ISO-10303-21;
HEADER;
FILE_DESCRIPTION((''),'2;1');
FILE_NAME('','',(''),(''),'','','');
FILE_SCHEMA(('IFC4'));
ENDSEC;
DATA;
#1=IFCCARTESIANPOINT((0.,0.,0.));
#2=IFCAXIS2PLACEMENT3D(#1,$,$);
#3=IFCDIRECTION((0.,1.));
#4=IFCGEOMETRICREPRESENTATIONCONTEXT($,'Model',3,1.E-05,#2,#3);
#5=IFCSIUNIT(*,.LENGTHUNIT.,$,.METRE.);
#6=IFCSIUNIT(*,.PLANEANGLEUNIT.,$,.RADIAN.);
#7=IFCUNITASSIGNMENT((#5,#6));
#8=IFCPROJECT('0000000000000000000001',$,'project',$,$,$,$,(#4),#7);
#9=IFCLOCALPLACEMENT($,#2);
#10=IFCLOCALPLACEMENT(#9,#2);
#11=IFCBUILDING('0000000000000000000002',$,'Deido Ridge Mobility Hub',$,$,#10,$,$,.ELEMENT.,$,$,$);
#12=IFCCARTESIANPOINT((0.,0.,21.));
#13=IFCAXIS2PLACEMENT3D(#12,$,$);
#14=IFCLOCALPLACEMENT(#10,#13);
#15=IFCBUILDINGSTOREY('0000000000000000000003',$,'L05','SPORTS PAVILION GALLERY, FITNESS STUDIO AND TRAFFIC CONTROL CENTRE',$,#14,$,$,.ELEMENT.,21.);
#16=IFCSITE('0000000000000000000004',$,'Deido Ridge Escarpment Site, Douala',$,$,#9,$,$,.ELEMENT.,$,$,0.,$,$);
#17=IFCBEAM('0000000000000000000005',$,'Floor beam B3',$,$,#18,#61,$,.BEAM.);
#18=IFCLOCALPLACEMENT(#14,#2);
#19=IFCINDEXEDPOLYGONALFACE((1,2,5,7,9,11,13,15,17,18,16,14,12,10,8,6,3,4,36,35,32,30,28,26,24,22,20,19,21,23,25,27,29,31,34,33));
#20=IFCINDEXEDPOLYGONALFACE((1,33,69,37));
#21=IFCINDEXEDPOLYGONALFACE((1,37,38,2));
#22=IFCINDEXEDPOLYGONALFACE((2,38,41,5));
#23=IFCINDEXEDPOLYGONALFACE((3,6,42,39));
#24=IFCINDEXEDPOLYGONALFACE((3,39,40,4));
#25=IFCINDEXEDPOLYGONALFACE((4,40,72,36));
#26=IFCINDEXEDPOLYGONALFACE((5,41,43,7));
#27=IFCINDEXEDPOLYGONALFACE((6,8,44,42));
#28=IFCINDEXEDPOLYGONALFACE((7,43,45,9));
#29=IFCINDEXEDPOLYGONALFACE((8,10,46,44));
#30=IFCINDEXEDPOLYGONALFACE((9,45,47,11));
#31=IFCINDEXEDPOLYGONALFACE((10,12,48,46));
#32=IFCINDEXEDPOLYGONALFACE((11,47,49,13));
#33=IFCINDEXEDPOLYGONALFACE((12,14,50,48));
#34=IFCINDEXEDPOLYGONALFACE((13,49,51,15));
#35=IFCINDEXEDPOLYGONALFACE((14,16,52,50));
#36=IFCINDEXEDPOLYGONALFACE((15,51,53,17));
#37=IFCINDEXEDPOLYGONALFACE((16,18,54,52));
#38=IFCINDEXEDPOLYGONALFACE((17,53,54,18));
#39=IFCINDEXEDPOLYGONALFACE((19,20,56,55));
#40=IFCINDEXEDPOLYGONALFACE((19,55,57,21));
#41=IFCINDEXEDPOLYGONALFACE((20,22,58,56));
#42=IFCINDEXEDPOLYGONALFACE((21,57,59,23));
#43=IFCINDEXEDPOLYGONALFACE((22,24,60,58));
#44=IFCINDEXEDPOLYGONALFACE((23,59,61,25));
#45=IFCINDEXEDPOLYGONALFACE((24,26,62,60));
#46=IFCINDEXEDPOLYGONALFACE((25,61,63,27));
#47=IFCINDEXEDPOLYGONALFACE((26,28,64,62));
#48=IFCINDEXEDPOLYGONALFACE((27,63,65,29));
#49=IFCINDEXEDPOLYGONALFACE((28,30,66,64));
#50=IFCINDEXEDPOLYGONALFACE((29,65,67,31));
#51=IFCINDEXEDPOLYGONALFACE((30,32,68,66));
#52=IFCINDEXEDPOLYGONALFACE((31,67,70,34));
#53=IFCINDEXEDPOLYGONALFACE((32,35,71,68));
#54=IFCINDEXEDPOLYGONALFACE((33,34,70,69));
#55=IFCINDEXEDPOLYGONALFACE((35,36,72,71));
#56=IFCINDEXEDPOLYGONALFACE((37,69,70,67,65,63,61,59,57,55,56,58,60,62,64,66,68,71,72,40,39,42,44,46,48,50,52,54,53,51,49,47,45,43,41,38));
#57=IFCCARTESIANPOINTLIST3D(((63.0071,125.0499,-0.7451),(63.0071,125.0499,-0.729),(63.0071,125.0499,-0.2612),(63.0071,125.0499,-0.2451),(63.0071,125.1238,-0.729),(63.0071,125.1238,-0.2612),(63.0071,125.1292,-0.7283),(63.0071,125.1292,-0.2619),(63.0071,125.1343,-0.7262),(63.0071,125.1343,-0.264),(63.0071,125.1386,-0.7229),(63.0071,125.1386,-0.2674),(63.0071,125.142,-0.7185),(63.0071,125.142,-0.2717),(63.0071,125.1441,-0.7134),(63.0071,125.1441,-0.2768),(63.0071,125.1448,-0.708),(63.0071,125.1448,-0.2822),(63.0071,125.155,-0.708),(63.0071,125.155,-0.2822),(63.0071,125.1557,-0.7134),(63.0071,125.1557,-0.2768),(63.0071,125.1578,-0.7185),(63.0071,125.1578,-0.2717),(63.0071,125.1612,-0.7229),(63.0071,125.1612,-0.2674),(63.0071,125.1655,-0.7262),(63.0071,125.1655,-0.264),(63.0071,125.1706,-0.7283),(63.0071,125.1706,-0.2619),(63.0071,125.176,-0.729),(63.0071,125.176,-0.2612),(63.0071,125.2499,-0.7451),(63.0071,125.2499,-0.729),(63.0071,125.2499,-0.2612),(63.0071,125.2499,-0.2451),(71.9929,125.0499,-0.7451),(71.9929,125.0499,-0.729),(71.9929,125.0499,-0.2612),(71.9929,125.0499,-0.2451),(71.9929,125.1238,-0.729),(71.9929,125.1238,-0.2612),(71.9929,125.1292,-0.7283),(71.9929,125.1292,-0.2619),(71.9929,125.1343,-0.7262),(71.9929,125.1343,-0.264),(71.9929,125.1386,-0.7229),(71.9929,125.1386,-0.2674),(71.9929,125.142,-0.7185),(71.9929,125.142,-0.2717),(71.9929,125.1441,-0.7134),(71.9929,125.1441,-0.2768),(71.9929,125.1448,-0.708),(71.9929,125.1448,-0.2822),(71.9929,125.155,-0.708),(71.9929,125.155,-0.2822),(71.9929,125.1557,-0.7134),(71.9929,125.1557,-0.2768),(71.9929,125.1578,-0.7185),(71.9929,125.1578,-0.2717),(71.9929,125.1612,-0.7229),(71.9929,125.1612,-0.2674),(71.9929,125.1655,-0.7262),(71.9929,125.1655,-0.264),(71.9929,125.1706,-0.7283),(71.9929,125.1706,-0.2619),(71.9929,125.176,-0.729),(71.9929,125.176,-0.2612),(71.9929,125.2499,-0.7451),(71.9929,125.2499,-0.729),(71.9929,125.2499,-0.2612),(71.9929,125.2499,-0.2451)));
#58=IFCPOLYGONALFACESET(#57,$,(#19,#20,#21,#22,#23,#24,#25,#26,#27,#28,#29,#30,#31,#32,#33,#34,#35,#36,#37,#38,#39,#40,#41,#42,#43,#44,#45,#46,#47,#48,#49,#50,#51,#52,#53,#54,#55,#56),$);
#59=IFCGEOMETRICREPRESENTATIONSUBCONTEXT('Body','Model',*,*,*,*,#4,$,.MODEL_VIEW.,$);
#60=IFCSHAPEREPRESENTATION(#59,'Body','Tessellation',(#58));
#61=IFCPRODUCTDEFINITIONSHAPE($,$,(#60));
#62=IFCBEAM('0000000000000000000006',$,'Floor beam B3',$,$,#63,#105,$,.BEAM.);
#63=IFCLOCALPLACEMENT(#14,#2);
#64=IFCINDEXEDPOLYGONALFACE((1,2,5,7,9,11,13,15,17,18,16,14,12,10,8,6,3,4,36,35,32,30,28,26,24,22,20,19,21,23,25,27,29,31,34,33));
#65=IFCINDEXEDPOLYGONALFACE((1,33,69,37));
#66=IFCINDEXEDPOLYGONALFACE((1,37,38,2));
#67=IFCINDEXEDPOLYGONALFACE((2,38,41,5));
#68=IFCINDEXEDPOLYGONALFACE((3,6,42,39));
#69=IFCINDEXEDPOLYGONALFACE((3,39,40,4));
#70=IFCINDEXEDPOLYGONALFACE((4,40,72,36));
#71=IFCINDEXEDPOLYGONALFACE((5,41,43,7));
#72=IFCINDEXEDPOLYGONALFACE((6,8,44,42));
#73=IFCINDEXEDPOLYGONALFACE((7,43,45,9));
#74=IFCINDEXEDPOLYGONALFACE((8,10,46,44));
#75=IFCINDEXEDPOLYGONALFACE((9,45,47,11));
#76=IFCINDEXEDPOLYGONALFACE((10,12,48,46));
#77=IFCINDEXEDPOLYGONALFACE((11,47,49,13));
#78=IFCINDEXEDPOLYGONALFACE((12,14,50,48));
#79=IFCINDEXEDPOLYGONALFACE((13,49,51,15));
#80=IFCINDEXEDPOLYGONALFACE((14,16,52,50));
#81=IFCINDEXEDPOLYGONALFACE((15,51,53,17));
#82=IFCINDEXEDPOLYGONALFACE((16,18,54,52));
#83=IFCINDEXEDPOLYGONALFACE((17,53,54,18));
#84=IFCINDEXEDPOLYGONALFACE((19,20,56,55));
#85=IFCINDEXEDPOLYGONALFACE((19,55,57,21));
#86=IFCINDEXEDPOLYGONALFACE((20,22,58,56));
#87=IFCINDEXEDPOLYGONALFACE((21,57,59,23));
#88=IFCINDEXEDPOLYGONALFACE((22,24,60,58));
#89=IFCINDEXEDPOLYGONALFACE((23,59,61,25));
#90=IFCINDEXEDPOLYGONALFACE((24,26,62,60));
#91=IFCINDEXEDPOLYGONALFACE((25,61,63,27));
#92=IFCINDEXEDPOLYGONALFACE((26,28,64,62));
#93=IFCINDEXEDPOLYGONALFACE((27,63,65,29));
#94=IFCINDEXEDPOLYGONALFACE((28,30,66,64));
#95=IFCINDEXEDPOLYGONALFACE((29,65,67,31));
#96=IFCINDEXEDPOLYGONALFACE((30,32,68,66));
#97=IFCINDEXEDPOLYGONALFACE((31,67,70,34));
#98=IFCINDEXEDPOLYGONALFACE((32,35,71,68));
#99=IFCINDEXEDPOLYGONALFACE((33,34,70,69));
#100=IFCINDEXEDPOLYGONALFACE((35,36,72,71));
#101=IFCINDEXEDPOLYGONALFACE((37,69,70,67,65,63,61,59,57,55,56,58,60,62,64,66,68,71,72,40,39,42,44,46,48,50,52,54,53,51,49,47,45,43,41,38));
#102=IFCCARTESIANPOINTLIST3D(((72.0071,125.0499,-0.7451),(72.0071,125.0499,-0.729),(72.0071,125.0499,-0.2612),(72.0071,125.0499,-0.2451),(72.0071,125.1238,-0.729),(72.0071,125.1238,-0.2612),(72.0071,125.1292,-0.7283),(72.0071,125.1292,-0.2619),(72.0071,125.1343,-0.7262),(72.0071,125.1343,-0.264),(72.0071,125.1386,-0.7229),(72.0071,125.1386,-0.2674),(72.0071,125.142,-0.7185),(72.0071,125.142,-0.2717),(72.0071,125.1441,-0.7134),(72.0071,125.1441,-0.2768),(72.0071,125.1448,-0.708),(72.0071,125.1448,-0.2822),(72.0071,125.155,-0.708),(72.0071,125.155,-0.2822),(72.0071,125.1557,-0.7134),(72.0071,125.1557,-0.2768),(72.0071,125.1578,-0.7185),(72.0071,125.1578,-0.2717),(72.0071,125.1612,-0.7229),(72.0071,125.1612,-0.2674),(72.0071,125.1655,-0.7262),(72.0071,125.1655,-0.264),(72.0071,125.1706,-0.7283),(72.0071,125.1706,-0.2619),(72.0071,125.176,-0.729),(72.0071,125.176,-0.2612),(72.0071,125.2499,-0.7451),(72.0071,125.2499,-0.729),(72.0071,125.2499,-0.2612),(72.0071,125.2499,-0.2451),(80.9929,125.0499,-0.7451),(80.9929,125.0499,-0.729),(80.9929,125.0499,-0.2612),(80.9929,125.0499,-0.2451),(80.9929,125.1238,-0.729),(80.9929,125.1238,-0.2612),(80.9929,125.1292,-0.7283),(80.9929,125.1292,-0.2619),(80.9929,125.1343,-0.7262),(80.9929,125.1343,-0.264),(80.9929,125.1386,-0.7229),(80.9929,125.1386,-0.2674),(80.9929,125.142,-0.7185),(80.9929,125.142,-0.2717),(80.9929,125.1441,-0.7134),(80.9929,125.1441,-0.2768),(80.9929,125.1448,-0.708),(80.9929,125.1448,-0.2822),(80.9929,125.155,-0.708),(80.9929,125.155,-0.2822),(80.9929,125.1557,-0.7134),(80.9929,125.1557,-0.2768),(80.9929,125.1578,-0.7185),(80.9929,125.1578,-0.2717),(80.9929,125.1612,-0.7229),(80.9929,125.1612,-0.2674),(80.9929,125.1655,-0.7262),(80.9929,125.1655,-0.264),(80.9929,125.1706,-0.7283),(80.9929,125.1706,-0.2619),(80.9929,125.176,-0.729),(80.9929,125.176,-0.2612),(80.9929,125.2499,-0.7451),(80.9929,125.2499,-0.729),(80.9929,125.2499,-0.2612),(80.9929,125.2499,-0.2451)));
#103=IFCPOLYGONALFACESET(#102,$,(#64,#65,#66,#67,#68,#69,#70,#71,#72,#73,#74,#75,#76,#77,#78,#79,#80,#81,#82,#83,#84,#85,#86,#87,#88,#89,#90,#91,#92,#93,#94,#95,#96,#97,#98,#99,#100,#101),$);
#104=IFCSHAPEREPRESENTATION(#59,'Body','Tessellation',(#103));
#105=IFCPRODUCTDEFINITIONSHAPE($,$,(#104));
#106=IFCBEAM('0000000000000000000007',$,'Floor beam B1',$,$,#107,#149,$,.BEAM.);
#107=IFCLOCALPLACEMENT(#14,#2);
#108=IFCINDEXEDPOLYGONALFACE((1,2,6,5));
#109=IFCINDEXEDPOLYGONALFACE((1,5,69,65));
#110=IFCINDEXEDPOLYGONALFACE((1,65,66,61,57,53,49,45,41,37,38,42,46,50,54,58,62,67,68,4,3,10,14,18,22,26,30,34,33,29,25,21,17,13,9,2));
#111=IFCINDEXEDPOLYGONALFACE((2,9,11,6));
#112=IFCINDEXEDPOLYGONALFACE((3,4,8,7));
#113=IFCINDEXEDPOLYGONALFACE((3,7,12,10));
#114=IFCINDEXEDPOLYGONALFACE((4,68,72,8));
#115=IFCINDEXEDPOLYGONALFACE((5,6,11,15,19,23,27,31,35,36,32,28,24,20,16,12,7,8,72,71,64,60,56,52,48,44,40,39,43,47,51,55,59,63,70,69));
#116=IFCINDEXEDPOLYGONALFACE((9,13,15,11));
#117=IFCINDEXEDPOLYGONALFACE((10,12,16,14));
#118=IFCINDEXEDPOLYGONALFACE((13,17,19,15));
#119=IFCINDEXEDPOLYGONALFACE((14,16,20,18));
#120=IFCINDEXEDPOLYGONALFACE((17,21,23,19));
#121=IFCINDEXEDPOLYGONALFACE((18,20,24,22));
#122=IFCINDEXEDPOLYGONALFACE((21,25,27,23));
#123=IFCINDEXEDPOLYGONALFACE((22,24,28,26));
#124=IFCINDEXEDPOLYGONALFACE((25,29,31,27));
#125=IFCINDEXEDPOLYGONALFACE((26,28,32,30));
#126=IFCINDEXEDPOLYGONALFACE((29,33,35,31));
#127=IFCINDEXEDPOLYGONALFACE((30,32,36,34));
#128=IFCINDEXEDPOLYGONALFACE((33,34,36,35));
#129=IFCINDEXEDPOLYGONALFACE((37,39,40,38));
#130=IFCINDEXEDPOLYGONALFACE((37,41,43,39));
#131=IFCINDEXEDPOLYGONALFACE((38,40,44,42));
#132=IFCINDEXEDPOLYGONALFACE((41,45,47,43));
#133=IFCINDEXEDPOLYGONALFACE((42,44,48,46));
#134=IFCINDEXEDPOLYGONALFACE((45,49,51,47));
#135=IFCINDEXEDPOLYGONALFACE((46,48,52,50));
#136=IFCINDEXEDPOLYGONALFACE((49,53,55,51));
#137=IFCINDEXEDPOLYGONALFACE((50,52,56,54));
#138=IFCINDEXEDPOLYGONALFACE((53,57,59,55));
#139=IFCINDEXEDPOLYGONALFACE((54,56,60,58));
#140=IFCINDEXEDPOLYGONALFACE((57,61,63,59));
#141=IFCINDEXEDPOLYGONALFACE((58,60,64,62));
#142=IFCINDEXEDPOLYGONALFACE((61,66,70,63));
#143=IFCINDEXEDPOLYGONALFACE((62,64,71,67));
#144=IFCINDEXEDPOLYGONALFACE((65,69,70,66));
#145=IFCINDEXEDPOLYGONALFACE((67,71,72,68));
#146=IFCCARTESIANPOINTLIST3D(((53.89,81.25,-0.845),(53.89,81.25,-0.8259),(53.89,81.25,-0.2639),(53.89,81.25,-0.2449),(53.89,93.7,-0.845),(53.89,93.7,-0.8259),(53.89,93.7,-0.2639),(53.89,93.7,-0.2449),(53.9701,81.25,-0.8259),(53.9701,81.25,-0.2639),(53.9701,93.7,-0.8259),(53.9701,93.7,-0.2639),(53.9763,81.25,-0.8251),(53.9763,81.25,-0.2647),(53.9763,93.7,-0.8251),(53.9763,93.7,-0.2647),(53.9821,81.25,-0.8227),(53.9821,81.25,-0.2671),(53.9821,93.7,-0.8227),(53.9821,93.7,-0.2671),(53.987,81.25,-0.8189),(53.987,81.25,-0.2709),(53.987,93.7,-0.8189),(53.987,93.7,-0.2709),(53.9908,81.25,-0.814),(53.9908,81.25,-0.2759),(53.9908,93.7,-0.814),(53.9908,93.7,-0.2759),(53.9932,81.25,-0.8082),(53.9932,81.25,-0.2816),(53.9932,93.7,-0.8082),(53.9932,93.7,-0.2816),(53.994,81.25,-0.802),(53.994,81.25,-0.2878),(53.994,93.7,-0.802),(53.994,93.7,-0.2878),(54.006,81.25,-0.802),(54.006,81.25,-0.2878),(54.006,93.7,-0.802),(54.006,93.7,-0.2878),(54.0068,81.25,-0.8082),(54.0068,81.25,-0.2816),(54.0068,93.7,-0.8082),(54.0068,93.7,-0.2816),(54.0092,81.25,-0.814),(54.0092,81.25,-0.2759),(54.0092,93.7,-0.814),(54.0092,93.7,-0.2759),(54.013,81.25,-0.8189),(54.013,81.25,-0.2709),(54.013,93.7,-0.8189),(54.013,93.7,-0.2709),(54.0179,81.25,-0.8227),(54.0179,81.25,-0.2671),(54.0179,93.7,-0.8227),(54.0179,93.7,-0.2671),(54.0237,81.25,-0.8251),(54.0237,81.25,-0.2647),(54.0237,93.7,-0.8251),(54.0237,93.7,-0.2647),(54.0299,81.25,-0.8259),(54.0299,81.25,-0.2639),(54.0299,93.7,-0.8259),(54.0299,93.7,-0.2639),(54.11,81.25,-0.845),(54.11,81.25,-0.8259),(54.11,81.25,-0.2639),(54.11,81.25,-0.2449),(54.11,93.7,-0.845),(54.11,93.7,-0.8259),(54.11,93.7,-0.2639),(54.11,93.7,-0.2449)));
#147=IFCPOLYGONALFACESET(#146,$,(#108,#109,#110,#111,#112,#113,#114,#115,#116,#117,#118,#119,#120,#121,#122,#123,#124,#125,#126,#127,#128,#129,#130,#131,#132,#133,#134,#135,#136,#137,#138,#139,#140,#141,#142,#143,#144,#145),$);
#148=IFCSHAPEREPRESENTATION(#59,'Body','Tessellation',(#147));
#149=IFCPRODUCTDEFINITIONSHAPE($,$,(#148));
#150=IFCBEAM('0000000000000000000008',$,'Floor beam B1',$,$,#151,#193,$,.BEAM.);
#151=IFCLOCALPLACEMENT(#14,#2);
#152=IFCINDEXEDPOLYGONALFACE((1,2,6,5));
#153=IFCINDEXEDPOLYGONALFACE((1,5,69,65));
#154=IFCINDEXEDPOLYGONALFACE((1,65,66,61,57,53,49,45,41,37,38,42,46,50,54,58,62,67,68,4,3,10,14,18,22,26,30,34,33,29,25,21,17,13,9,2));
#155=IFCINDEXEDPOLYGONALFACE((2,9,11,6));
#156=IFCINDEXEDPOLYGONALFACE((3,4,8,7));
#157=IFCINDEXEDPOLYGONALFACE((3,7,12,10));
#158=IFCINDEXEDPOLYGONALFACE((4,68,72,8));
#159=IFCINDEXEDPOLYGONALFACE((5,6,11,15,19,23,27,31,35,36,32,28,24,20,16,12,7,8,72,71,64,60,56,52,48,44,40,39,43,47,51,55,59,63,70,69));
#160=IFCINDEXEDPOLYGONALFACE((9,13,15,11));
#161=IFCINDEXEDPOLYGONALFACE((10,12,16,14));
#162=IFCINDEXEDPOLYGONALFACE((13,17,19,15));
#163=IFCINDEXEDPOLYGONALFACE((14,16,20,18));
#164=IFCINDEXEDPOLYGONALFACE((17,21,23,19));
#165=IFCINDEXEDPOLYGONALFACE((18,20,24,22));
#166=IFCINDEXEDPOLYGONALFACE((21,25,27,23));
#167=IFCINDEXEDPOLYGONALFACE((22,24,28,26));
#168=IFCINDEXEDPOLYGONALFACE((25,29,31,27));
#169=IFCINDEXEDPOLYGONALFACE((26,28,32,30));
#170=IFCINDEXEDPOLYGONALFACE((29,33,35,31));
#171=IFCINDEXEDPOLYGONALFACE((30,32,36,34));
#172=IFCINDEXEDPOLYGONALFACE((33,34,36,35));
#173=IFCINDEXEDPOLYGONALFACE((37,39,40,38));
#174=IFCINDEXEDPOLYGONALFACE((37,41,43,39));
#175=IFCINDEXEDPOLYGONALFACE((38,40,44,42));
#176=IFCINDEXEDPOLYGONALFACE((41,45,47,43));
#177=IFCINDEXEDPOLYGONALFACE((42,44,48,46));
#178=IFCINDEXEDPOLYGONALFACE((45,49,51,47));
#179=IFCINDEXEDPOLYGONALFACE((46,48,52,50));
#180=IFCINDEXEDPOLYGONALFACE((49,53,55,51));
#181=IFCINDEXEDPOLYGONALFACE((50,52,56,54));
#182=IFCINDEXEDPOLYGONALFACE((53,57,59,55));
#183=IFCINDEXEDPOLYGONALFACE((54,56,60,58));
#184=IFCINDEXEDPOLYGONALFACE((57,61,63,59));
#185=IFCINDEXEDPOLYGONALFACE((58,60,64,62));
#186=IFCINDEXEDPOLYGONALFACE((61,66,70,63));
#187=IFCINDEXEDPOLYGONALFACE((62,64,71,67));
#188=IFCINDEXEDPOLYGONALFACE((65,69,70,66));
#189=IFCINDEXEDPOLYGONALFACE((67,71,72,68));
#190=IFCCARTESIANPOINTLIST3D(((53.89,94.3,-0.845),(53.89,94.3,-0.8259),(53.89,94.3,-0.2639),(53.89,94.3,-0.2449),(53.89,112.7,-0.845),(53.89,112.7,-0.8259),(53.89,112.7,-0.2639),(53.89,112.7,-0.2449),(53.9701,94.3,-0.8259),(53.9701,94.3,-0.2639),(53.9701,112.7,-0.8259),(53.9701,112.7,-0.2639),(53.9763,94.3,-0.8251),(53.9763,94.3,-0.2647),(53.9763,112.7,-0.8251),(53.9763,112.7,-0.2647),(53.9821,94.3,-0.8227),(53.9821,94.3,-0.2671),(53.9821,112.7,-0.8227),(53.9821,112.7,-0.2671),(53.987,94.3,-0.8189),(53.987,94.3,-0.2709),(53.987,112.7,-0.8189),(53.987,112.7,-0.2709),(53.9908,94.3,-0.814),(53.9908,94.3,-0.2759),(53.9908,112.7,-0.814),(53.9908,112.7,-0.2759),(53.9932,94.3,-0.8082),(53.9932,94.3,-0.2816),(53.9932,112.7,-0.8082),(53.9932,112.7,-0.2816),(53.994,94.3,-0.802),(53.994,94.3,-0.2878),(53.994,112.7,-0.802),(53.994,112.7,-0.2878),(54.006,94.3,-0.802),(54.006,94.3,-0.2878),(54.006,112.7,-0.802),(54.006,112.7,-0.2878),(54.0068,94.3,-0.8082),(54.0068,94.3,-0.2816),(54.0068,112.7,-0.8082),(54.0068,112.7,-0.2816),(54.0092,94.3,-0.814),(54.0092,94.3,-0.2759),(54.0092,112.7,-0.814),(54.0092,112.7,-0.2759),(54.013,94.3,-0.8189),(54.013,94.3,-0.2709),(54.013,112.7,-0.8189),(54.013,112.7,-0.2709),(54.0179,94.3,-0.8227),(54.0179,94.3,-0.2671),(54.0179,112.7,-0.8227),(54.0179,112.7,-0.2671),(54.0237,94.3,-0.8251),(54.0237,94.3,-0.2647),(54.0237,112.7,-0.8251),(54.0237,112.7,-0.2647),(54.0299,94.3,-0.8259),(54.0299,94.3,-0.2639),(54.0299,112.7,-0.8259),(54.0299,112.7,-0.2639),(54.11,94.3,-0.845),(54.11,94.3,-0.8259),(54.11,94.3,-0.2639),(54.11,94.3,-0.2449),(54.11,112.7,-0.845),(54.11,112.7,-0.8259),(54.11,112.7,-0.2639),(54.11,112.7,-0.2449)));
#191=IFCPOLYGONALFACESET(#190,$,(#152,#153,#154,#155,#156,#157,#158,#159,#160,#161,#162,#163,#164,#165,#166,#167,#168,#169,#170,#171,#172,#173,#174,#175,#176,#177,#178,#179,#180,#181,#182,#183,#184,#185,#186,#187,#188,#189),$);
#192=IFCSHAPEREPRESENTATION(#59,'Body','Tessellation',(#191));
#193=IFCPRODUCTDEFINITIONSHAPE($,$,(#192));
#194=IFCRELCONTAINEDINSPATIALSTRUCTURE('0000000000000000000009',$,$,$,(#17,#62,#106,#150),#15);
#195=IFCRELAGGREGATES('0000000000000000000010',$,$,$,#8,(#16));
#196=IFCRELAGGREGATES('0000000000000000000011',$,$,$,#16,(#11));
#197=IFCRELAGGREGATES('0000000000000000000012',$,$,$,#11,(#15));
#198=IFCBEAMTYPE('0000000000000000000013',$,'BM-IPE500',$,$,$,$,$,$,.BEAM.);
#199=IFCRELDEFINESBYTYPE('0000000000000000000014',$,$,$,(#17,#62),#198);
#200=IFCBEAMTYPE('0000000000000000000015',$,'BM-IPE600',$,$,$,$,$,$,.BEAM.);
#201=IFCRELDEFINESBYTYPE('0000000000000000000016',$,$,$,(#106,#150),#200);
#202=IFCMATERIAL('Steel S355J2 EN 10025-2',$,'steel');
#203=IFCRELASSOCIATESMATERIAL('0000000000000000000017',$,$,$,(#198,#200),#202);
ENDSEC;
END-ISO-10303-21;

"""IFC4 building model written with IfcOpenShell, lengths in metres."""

from ifc_helpers import new_model, si_unit, direction, frame, origin, origin_2d, place, context, subcontext, project, spatial, i_section, extrude, material, material_profile, profile_set, type_object, element, save


model = new_model("IFC4")

# Units and contexts
model_context = context("Model", 3, precision=1e-05, world=origin(), true_north=direction((0.0, 1.0)))
body_context = subcontext(model_context, "Body", "Model", "MODEL_VIEW")
ifc_project = project(units=[si_unit("LENGTHUNIT", "METRE"), si_unit("PLANEANGLEUNIT", "RADIAN")], contexts=[model_context])

# Site, building, storey
site_placement = place(None, origin())
site = spatial("IfcSite", under=ifc_project, at=site_placement, Name="Deido Ridge Escarpment Site, Douala", CompositionType="ELEMENT", RefElevation=0.0)
building_placement = place(site_placement, origin())
building = spatial("IfcBuilding", under=site, at=building_placement, Name="Deido Ridge Mobility Hub", CompositionType="ELEMENT")
storey_placement = place(building_placement, frame((0.0, 0.0, 21.0)))
storey = spatial("IfcBuildingStorey", under=building, at=storey_placement, Name="L05", Description="SPORTS PAVILION GALLERY, FITNESS STUDIO AND TRAFFIC CONTROL CENTRE", CompositionType="ELEMENT", Elevation=21.0)

# Beams
ifc_material = material(Name="Steel S355J2 EN 10025-2", Category="steel")
ifc_material_profile_1 = material_profile(ifc_material, i_section(OverallWidth=0.2, OverallDepth=0.5, WebThickness=0.0103, FlangeThickness=0.0161, FilletRadius=0.021, at=origin_2d()), Name="IPE 500")
ifc_profile_set_1 = profile_set([ifc_material_profile_1], Name="Steel S355J2 EN 10025-2")
beam_type_1 = type_object("IfcBeamType", Name="BM-IPE500", PredefinedType="BEAM", material=ifc_profile_set_1)
for number, where, z_axis, x_axis, name in (
    (1, (63.0071, 125.1499, -0.4951), (1.0, 0.0, 0.0), (0.0, 1.0, 0.0), "Floor beam B3"),
    (2, (72.0071, 125.1499, -0.4951), (1.0, 0.0, 0.0), (0.0, 1.0, 0.0), "Floor beam B3"),
):
    element("IfcBeam", number, at=place(storey_placement, frame(where, z_axis=z_axis, x_axis=x_axis)), inside=storey, type_object=beam_type_1, Name=name, PredefinedType="BEAM", context=body_context, shape_type="SweptSolid", body=[
        extrude(i_section(OverallWidth=0.2, OverallDepth=0.5, WebThickness=0.0103, FlangeThickness=0.0161, FilletRadius=0.021, at=origin_2d()), origin(), (0.0, 0.0, 1.0), 8.9858),
    ])
ifc_material_profile_2 = material_profile(ifc_material, i_section(OverallWidth=0.22, OverallDepth=0.6001, WebThickness=0.012, FlangeThickness=0.019, FilletRadius=0.0239, at=origin_2d()), Name="IPE 600")
ifc_profile_set_2 = profile_set([ifc_material_profile_2], Name="Steel S355J2 EN 10025-2")
beam_type_2 = type_object("IfcBeamType", Name="BM-IPE600", PredefinedType="BEAM", material=ifc_profile_set_2)
beam_1_placement = place(storey_placement, frame((54.0, 81.25, -0.5449), z_axis=(0.0, 1.0, 0.0), x_axis=(-1.0, 0.0, 0.0)))
element("IfcBeam", 3, at=beam_1_placement, inside=storey, type_object=beam_type_2, Name="Floor beam B1", PredefinedType="BEAM", context=body_context, shape_type="SweptSolid", body=[
    extrude(i_section(OverallWidth=0.22, OverallDepth=0.6001, WebThickness=0.012, FlangeThickness=0.019, FilletRadius=0.0239, at=origin_2d()), origin(), (0.0, 0.0, 1.0), 12.45),
])
beam_2_placement = place(storey_placement, frame((54.0, 94.3, -0.5449), z_axis=(0.0, 1.0, 0.0), x_axis=(-1.0, 0.0, 0.0)))
element("IfcBeam", 4, at=beam_2_placement, inside=storey, type_object=beam_type_2, Name="Floor beam B1", PredefinedType="BEAM", context=body_context, shape_type="SweptSolid", body=[
    extrude(i_section(OverallWidth=0.22, OverallDepth=0.6001, WebThickness=0.012, FlangeThickness=0.019, FilletRadius=0.0239, at=origin_2d()), origin(), (0.0, 0.0, 1.0), 18.3999),
])

save(model, "model.ifc")
